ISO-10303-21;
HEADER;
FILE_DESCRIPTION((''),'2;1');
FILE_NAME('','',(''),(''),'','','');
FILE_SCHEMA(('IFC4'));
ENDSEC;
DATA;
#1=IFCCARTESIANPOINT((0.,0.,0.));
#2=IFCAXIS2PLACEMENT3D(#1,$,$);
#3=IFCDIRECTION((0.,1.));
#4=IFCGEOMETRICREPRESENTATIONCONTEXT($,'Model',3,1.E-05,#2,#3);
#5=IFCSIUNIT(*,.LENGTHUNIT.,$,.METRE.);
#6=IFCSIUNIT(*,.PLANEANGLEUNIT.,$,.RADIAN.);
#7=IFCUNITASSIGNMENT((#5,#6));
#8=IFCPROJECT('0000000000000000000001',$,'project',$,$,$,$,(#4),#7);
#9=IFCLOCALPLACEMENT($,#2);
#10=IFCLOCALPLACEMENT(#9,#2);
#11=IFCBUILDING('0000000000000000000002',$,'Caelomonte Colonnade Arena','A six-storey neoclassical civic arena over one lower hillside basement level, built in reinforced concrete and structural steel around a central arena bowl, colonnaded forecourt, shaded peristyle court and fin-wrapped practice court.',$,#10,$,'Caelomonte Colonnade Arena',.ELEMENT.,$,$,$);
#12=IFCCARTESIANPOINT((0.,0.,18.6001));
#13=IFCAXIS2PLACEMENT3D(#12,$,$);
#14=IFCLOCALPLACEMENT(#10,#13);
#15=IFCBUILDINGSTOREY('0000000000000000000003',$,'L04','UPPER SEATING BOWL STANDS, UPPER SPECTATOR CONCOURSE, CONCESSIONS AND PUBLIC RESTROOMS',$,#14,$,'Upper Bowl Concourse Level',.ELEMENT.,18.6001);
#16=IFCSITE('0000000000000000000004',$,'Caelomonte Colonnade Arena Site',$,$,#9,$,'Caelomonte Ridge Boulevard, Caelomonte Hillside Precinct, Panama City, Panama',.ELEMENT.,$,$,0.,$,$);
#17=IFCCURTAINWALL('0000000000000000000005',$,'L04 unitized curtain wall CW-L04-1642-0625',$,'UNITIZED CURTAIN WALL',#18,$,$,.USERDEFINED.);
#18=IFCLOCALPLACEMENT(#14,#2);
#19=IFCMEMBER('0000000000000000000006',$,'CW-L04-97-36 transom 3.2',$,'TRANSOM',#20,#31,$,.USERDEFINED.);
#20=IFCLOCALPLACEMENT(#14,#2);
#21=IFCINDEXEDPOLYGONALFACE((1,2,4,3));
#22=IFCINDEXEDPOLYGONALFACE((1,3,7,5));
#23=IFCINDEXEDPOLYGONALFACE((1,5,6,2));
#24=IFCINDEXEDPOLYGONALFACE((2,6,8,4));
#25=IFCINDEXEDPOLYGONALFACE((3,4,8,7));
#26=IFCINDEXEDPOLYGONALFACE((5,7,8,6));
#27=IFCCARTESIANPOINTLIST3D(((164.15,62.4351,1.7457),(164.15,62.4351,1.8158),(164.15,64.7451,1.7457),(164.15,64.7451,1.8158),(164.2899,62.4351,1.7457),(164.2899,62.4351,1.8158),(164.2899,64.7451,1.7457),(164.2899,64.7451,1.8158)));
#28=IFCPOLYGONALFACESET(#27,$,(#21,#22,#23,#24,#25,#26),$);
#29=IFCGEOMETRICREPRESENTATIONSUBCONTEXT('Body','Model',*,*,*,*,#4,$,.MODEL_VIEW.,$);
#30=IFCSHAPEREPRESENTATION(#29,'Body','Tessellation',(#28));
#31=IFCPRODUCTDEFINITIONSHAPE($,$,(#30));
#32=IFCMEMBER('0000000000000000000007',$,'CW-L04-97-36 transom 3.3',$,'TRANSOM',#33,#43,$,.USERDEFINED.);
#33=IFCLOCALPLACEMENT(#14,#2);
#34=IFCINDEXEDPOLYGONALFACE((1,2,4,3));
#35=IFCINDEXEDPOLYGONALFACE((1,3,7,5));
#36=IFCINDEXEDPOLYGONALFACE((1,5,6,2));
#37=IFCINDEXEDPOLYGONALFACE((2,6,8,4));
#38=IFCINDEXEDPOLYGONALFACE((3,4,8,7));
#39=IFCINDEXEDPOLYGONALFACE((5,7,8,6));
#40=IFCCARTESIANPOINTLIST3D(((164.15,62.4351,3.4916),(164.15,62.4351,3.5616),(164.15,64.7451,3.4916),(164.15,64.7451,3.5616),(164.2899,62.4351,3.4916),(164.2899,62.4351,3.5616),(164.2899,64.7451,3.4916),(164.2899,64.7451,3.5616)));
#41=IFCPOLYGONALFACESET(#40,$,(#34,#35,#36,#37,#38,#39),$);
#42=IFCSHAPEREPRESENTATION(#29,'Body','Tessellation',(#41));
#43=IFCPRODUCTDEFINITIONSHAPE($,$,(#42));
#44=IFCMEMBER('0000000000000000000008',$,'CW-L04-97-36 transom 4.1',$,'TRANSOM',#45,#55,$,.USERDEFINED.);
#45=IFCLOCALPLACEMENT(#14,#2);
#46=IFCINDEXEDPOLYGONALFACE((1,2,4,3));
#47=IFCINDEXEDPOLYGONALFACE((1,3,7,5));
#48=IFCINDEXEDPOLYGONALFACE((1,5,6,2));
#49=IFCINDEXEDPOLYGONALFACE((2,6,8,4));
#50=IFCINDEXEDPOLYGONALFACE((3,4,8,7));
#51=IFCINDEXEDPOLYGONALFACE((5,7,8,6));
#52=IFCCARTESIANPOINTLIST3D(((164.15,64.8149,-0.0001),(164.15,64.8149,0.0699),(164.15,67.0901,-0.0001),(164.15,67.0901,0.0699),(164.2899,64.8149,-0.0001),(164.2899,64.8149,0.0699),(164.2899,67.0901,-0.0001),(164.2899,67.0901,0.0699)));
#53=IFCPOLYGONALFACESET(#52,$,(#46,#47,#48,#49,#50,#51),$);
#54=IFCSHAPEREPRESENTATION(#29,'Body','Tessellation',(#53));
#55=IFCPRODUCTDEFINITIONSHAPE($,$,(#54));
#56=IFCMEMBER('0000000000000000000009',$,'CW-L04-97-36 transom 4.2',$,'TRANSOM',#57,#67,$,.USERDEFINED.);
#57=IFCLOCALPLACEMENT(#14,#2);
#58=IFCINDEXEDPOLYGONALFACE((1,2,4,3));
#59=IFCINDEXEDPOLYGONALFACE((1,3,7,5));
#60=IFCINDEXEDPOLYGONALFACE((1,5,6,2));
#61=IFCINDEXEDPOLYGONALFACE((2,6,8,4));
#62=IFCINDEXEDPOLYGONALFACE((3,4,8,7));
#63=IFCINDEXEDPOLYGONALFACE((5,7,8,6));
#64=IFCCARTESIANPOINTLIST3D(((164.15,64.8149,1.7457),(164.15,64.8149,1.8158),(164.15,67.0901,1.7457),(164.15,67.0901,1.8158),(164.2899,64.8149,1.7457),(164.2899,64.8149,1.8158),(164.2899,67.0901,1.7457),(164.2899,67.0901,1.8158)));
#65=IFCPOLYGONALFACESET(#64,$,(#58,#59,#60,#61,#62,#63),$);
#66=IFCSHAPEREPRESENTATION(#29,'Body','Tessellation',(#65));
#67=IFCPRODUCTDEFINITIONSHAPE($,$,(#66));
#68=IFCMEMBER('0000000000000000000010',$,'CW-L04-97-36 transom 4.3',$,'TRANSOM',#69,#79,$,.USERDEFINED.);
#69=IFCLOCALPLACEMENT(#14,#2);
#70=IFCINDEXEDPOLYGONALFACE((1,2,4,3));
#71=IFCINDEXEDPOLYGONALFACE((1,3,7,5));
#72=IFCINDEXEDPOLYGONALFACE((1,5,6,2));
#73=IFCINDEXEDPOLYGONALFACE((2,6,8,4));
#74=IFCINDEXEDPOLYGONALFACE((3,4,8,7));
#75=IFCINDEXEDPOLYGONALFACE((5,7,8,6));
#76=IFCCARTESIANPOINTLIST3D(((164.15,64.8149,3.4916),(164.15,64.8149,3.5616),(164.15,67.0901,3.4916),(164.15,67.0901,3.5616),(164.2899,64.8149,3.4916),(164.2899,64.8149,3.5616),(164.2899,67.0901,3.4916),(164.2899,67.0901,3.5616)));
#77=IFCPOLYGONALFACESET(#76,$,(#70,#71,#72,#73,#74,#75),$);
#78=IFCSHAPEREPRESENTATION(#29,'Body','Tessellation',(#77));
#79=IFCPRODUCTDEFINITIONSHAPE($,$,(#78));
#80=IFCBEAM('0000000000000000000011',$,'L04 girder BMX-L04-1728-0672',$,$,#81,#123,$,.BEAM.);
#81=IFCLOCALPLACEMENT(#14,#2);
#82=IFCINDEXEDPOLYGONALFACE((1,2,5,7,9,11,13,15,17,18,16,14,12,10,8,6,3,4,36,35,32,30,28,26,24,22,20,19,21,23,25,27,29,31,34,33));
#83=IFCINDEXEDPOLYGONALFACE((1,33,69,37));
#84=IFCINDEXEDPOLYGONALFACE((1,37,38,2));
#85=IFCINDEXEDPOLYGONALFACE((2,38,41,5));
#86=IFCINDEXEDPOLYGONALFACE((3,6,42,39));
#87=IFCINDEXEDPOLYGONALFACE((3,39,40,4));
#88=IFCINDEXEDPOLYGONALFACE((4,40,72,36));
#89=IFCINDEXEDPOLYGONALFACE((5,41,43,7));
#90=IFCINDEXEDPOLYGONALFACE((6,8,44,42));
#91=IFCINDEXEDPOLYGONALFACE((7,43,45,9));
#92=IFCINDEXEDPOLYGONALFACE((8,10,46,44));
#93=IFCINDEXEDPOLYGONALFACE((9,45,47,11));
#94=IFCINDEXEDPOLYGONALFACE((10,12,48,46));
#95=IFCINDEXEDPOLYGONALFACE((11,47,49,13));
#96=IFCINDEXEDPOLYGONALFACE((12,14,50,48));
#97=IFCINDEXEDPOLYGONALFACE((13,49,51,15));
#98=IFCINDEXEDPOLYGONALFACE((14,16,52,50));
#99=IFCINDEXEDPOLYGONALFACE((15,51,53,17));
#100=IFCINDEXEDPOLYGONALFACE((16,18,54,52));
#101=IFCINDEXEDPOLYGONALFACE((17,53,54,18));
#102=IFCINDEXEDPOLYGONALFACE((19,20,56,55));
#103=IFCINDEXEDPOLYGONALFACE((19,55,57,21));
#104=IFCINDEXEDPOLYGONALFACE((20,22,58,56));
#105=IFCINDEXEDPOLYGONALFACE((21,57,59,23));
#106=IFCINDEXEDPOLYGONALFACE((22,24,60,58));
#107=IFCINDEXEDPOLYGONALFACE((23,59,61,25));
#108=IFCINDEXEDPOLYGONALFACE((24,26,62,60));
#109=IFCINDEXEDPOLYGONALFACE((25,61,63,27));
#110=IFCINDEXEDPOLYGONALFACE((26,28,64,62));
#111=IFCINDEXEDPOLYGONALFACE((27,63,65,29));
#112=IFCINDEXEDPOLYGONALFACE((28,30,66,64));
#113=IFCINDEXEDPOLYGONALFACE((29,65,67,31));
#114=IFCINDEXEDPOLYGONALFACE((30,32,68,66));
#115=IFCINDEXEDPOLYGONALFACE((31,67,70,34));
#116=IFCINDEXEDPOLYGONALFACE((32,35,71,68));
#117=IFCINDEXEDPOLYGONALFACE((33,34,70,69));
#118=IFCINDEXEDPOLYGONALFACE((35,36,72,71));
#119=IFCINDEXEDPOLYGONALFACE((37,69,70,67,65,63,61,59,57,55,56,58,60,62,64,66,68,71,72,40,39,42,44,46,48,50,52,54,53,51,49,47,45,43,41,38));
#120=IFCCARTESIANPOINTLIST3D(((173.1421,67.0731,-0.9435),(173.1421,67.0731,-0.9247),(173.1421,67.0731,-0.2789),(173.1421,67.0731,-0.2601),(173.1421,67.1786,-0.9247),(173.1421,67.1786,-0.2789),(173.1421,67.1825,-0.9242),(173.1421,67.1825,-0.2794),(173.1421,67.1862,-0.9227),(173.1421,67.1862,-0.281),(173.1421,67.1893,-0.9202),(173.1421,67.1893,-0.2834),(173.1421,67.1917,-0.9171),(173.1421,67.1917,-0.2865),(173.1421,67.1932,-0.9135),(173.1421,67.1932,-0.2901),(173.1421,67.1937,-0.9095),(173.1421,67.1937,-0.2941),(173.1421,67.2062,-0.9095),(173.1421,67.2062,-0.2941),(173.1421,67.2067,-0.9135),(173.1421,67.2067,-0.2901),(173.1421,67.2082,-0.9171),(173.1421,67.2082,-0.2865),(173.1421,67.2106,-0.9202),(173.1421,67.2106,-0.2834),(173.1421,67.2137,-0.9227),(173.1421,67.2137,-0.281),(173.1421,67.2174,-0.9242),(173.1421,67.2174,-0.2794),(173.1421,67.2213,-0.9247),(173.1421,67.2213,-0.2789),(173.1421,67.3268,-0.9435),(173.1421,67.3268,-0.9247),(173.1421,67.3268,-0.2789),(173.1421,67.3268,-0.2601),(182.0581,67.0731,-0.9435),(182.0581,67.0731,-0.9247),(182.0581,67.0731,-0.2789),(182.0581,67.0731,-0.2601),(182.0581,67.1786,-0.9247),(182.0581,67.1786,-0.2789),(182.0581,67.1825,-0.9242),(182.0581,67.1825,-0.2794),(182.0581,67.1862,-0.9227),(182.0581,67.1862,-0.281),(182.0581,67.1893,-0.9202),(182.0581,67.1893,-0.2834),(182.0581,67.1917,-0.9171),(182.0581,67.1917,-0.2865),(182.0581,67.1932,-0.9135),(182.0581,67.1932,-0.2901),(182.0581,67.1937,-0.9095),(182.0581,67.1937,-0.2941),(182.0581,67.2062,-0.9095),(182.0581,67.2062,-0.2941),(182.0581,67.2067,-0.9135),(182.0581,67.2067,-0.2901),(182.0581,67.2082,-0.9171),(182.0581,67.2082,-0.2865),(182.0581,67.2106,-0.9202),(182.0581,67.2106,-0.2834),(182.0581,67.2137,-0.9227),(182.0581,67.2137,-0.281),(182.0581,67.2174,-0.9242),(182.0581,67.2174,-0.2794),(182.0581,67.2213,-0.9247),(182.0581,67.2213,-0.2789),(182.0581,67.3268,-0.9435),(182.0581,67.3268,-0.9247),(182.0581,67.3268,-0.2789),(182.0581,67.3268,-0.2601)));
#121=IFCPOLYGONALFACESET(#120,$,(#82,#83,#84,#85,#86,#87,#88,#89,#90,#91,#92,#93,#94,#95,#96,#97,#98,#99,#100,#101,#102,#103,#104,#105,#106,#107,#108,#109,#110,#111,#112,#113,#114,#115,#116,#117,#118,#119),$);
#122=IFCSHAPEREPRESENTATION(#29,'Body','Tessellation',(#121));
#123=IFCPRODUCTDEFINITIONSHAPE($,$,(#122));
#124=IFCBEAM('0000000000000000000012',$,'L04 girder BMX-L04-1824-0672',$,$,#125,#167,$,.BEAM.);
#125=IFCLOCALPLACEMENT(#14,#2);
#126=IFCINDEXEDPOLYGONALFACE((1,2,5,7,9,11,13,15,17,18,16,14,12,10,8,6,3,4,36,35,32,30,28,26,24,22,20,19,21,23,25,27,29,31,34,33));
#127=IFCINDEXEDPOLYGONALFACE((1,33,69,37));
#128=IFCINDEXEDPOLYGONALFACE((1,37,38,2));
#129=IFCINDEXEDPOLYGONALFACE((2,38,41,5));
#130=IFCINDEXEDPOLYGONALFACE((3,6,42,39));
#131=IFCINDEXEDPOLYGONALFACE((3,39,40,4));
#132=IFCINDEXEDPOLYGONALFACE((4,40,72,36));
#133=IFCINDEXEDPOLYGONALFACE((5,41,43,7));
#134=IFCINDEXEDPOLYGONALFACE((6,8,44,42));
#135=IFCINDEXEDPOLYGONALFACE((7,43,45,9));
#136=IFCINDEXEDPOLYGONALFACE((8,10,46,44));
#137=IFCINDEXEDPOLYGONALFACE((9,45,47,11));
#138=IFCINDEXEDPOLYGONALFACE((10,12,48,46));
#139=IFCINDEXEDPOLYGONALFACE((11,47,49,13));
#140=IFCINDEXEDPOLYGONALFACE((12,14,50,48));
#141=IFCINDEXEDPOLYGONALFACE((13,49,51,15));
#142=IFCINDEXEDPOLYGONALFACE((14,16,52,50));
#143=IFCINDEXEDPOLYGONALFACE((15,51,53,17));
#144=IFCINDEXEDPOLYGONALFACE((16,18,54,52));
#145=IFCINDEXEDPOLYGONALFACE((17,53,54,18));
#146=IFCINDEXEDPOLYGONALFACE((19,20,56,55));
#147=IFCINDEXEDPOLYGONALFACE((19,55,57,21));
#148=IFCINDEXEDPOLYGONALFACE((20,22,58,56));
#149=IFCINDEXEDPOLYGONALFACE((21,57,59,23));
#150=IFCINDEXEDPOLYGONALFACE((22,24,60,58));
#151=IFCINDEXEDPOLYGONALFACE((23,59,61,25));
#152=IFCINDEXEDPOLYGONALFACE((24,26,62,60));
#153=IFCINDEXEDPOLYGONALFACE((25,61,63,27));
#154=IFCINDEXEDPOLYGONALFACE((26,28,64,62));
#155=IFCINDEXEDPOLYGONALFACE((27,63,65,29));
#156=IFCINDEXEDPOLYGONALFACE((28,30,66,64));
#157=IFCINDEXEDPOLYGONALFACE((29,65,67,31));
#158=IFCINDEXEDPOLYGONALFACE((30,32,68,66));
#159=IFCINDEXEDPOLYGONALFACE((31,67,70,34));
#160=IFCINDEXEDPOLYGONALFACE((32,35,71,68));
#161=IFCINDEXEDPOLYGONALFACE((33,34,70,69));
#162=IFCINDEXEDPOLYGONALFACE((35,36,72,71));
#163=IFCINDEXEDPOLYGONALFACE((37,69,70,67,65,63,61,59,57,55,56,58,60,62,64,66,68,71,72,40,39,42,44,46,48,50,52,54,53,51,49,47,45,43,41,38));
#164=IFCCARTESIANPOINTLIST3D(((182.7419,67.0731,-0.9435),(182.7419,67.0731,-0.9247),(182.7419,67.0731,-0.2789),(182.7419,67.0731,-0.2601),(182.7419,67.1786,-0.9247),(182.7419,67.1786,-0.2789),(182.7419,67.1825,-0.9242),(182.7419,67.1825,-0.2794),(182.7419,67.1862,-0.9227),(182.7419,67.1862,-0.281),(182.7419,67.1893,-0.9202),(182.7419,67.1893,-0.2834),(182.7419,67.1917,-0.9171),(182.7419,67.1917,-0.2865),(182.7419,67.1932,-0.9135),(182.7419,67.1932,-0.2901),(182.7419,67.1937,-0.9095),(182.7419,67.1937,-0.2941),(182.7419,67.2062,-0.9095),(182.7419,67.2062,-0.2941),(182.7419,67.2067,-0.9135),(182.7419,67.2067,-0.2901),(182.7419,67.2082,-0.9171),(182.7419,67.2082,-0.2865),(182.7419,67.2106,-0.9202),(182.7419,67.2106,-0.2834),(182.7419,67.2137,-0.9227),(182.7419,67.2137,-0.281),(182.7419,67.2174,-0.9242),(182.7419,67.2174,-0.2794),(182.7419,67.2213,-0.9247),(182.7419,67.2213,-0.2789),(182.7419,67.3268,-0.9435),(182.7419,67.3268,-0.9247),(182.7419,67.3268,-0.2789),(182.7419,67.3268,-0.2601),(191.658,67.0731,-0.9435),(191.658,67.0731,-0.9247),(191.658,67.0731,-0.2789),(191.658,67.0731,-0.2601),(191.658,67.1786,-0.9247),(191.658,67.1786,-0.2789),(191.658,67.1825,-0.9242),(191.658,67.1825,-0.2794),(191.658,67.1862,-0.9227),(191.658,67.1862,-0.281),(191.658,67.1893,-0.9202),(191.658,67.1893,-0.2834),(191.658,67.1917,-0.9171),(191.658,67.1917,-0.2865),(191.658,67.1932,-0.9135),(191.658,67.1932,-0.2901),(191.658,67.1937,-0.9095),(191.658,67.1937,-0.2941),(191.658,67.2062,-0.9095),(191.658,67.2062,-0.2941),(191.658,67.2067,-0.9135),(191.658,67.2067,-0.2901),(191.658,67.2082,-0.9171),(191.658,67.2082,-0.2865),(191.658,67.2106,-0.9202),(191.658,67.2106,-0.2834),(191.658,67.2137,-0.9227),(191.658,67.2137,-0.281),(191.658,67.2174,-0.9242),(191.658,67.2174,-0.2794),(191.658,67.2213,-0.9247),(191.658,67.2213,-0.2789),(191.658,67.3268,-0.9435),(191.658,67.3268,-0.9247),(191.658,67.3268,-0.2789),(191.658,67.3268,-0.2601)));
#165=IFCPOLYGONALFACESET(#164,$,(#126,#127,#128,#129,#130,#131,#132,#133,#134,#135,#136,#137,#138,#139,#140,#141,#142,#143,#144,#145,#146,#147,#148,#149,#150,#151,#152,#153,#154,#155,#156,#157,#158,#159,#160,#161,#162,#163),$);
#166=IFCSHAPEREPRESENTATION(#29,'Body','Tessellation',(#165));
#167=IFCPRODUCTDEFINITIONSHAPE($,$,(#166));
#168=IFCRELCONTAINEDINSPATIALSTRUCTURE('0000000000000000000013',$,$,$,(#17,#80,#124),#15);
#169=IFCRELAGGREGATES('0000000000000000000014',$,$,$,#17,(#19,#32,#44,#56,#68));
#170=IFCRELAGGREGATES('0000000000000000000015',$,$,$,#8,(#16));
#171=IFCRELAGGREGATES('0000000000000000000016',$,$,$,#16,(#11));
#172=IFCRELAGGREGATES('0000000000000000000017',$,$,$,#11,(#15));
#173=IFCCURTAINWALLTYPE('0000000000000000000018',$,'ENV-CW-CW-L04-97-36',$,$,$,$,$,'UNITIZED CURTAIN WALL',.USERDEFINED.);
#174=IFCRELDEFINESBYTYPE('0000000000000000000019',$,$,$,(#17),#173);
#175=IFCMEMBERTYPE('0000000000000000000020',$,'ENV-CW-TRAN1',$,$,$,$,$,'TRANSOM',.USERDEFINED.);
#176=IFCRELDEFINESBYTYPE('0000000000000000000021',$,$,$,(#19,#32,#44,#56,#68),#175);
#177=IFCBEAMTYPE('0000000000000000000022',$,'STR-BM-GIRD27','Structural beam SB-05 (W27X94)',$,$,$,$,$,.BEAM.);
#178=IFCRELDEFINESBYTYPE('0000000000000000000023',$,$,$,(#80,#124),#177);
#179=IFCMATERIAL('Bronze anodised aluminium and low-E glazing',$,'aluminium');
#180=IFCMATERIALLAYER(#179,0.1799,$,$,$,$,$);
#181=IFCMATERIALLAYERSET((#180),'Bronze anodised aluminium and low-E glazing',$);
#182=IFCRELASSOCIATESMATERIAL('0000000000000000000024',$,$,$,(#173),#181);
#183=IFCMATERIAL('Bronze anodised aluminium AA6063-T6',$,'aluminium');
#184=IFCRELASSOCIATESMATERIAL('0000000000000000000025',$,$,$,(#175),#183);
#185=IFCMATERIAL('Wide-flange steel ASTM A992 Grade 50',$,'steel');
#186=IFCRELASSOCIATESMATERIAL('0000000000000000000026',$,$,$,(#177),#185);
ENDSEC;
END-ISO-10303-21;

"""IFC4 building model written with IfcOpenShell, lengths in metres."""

from ifc_helpers import new_model, si_unit, direction, frame, origin, origin_2d, place, context, subcontext, project, spatial, rectangle, i_section, extrude, material, layer, layer_set, material_profile, profile_set, type_object, element, aggregate, save


model = new_model("IFC4")

# Units and contexts
model_context = context("Model", 3, precision=1e-05, world=origin(), true_north=direction((0.0, 1.0)))
body_context = subcontext(model_context, "Body", "Model", "MODEL_VIEW")
ifc_project = project(units=[si_unit("LENGTHUNIT", "METRE"), si_unit("PLANEANGLEUNIT", "RADIAN")], contexts=[model_context])

# Site, building, storey
site_placement = place(None, origin())
site = spatial("IfcSite", under=ifc_project, at=site_placement, Name="Caelomonte Colonnade Arena Site", LongName="Caelomonte Ridge Boulevard, Caelomonte Hillside Precinct, Panama City, Panama", CompositionType="ELEMENT", RefElevation=0.0)
building_placement = place(site_placement, origin())
building = spatial("IfcBuilding", under=site, at=building_placement, Name="Caelomonte Colonnade Arena", Description="A six-storey neoclassical civic arena over one lower hillside basement level, built in reinforced concrete and structural steel around a central arena bowl, colonnaded forecourt, shaded peristyle court and fin-wrapped practice court.", LongName="Caelomonte Colonnade Arena", CompositionType="ELEMENT")
storey_placement = place(building_placement, frame((0.0, 0.0, 18.6001)))
storey = spatial("IfcBuildingStorey", under=building, at=storey_placement, Name="L04", Description="UPPER SEATING BOWL STANDS, UPPER SPECTATOR CONCOURSE, CONCESSIONS AND PUBLIC RESTROOMS", LongName="Upper Bowl Concourse Level", CompositionType="ELEMENT", Elevation=18.6001)

# Shared definitions
ifc_material_1 = material(Name="Wide-flange steel ASTM A992 Grade 50", Category="steel")

# Curtain wall, members
ifc_material_2 = material(Name="Bronze anodised aluminium and low-E glazing", Category="aluminium")
ifc_layer_1 = layer(ifc_material_2, 0.1799)
ifc_layer_set_1 = layer_set([ifc_layer_1], Name="Bronze anodised aluminium and low-E glazing")
curtain_wall_type = type_object("IfcCurtainWallType", Name="ENV-CW-CW-L04-97-36", ElementType="UNITIZED CURTAIN WALL", PredefinedType="USERDEFINED", material=ifc_layer_set_1)
curtain_wall_placement = place(storey_placement, origin())
curtain_wall = element("IfcCurtainWall", 1, at=curtain_wall_placement, inside=storey, type_object=curtain_wall_type, Name="L04 unitized curtain wall CW-L04-1642-0625", ObjectType="UNITIZED CURTAIN WALL", PredefinedType="USERDEFINED")
ifc_material_3 = material(Name="Bronze anodised aluminium AA6063-T6", Category="aluminium")
ifc_material_profile_1 = material_profile(ifc_material_3, rectangle(XDim=0.0701, YDim=0.1399, at=origin_2d()), Name="CWT-70X140")
ifc_profile_set_1 = profile_set([ifc_material_profile_1], Name="Bronze anodised aluminium AA6063-T6")
member_type_1 = type_object("IfcMemberType", Name="ENV-CW-TRAN1", ElementType="TRANSOM", PredefinedType="USERDEFINED", material=ifc_profile_set_1)
member_1_placement = place(storey_placement, frame((164.22, 62.4351, 1.7808), z_axis=(0.0, 1.0, 0.0), x_axis=(0.0, 0.0, 1.0)))
member_1 = element("IfcMember", 2, at=member_1_placement, type_object=member_type_1, Name="CW-L04-97-36 transom 3.2", ObjectType="TRANSOM", PredefinedType="USERDEFINED", context=body_context, shape_type="SweptSolid", body=[
    extrude(rectangle(XDim=0.0701, YDim=0.1399, at=origin_2d()), origin(), (0.0, 0.0, 1.0), 2.3101),
])
member_2_placement = place(storey_placement, frame((164.22, 62.4351, 3.5266), z_axis=(0.0, 1.0, 0.0), x_axis=(0.0, 0.0, 1.0)))
member_2 = element("IfcMember", 3, at=member_2_placement, type_object=member_type_1, Name="CW-L04-97-36 transom 3.3", ObjectType="TRANSOM", PredefinedType="USERDEFINED", context=body_context, shape_type="SweptSolid", body=[
    extrude(rectangle(XDim=0.0701, YDim=0.1399, at=origin_2d()), origin(), (0.0, 0.0, 1.0), 2.3101),
])
member_3_placement = place(storey_placement, frame((164.22, 64.8149, 0.0349), z_axis=(0.0, 1.0, 0.0), x_axis=(0.0, 0.0, 1.0)))
member_3 = element("IfcMember", 4, at=member_3_placement, type_object=member_type_1, Name="CW-L04-97-36 transom 4.1", ObjectType="TRANSOM", PredefinedType="USERDEFINED", context=body_context, shape_type="SweptSolid", body=[
    extrude(rectangle(XDim=0.0701, YDim=0.1399, at=origin_2d()), origin(), (0.0, 0.0, 1.0), 2.2751),
])
member_4_placement = place(storey_placement, frame((164.22, 64.8149, 1.7808), z_axis=(0.0, 1.0, 0.0), x_axis=(0.0, 0.0, 1.0)))
member_4 = element("IfcMember", 5, at=member_4_placement, type_object=member_type_1, Name="CW-L04-97-36 transom 4.2", ObjectType="TRANSOM", PredefinedType="USERDEFINED", context=body_context, shape_type="SweptSolid", body=[
    extrude(rectangle(XDim=0.0701, YDim=0.1399, at=origin_2d()), origin(), (0.0, 0.0, 1.0), 2.2751),
])
member_5_placement = place(storey_placement, frame((164.22, 64.8149, 3.5266), z_axis=(0.0, 1.0, 0.0), x_axis=(0.0, 0.0, 1.0)))
member_5 = element("IfcMember", 6, at=member_5_placement, type_object=member_type_1, Name="CW-L04-97-36 transom 4.3", ObjectType="TRANSOM", PredefinedType="USERDEFINED", context=body_context, shape_type="SweptSolid", body=[
    extrude(rectangle(XDim=0.0701, YDim=0.1399, at=origin_2d()), origin(), (0.0, 0.0, 1.0), 2.2751),
])

# Beams
ifc_material_profile_2 = material_profile(ifc_material_1, i_section(OverallWidth=0.2537, OverallDepth=0.6833, WebThickness=0.0125, FlangeThickness=0.0188, FilletRadius=0.0151, at=origin_2d()), Name="W27X94")
ifc_profile_set_2 = profile_set([ifc_material_profile_2], Name="Wide-flange steel ASTM A992 Grade 50")
beam_type_1 = type_object("IfcBeamType", Name="STR-BM-GIRD27", Description="Structural beam SB-05 (W27X94)", PredefinedType="BEAM", material=ifc_profile_set_2)
for number, where, z_axis, x_axis, name in (
    (7, (173.1421, 67.2, -0.6018), (1.0, 0.0, 0.0), (0.0, 1.0, 0.0), "L04 girder BMX-L04-1728-0672"),
    (8, (182.7419, 67.2, -0.6018), (1.0, 0.0, 0.0), (0.0, 1.0, 0.0), "L04 girder BMX-L04-1824-0672"),
):
    element("IfcBeam", number, at=place(storey_placement, frame(where, z_axis=z_axis, x_axis=x_axis)), inside=storey, type_object=beam_type_1, Name=name, PredefinedType="BEAM", context=body_context, shape_type="SweptSolid", body=[
        extrude(i_section(OverallWidth=0.2537, OverallDepth=0.6833, WebThickness=0.0125, FlangeThickness=0.0188, FilletRadius=0.0151, at=origin_2d()), origin(), (0.0, 0.0, 1.0), 8.916),
    ])

aggregate(curtain_wall, [member_1, member_2, member_3, member_4, member_5])

save(model, "model.ifc")
